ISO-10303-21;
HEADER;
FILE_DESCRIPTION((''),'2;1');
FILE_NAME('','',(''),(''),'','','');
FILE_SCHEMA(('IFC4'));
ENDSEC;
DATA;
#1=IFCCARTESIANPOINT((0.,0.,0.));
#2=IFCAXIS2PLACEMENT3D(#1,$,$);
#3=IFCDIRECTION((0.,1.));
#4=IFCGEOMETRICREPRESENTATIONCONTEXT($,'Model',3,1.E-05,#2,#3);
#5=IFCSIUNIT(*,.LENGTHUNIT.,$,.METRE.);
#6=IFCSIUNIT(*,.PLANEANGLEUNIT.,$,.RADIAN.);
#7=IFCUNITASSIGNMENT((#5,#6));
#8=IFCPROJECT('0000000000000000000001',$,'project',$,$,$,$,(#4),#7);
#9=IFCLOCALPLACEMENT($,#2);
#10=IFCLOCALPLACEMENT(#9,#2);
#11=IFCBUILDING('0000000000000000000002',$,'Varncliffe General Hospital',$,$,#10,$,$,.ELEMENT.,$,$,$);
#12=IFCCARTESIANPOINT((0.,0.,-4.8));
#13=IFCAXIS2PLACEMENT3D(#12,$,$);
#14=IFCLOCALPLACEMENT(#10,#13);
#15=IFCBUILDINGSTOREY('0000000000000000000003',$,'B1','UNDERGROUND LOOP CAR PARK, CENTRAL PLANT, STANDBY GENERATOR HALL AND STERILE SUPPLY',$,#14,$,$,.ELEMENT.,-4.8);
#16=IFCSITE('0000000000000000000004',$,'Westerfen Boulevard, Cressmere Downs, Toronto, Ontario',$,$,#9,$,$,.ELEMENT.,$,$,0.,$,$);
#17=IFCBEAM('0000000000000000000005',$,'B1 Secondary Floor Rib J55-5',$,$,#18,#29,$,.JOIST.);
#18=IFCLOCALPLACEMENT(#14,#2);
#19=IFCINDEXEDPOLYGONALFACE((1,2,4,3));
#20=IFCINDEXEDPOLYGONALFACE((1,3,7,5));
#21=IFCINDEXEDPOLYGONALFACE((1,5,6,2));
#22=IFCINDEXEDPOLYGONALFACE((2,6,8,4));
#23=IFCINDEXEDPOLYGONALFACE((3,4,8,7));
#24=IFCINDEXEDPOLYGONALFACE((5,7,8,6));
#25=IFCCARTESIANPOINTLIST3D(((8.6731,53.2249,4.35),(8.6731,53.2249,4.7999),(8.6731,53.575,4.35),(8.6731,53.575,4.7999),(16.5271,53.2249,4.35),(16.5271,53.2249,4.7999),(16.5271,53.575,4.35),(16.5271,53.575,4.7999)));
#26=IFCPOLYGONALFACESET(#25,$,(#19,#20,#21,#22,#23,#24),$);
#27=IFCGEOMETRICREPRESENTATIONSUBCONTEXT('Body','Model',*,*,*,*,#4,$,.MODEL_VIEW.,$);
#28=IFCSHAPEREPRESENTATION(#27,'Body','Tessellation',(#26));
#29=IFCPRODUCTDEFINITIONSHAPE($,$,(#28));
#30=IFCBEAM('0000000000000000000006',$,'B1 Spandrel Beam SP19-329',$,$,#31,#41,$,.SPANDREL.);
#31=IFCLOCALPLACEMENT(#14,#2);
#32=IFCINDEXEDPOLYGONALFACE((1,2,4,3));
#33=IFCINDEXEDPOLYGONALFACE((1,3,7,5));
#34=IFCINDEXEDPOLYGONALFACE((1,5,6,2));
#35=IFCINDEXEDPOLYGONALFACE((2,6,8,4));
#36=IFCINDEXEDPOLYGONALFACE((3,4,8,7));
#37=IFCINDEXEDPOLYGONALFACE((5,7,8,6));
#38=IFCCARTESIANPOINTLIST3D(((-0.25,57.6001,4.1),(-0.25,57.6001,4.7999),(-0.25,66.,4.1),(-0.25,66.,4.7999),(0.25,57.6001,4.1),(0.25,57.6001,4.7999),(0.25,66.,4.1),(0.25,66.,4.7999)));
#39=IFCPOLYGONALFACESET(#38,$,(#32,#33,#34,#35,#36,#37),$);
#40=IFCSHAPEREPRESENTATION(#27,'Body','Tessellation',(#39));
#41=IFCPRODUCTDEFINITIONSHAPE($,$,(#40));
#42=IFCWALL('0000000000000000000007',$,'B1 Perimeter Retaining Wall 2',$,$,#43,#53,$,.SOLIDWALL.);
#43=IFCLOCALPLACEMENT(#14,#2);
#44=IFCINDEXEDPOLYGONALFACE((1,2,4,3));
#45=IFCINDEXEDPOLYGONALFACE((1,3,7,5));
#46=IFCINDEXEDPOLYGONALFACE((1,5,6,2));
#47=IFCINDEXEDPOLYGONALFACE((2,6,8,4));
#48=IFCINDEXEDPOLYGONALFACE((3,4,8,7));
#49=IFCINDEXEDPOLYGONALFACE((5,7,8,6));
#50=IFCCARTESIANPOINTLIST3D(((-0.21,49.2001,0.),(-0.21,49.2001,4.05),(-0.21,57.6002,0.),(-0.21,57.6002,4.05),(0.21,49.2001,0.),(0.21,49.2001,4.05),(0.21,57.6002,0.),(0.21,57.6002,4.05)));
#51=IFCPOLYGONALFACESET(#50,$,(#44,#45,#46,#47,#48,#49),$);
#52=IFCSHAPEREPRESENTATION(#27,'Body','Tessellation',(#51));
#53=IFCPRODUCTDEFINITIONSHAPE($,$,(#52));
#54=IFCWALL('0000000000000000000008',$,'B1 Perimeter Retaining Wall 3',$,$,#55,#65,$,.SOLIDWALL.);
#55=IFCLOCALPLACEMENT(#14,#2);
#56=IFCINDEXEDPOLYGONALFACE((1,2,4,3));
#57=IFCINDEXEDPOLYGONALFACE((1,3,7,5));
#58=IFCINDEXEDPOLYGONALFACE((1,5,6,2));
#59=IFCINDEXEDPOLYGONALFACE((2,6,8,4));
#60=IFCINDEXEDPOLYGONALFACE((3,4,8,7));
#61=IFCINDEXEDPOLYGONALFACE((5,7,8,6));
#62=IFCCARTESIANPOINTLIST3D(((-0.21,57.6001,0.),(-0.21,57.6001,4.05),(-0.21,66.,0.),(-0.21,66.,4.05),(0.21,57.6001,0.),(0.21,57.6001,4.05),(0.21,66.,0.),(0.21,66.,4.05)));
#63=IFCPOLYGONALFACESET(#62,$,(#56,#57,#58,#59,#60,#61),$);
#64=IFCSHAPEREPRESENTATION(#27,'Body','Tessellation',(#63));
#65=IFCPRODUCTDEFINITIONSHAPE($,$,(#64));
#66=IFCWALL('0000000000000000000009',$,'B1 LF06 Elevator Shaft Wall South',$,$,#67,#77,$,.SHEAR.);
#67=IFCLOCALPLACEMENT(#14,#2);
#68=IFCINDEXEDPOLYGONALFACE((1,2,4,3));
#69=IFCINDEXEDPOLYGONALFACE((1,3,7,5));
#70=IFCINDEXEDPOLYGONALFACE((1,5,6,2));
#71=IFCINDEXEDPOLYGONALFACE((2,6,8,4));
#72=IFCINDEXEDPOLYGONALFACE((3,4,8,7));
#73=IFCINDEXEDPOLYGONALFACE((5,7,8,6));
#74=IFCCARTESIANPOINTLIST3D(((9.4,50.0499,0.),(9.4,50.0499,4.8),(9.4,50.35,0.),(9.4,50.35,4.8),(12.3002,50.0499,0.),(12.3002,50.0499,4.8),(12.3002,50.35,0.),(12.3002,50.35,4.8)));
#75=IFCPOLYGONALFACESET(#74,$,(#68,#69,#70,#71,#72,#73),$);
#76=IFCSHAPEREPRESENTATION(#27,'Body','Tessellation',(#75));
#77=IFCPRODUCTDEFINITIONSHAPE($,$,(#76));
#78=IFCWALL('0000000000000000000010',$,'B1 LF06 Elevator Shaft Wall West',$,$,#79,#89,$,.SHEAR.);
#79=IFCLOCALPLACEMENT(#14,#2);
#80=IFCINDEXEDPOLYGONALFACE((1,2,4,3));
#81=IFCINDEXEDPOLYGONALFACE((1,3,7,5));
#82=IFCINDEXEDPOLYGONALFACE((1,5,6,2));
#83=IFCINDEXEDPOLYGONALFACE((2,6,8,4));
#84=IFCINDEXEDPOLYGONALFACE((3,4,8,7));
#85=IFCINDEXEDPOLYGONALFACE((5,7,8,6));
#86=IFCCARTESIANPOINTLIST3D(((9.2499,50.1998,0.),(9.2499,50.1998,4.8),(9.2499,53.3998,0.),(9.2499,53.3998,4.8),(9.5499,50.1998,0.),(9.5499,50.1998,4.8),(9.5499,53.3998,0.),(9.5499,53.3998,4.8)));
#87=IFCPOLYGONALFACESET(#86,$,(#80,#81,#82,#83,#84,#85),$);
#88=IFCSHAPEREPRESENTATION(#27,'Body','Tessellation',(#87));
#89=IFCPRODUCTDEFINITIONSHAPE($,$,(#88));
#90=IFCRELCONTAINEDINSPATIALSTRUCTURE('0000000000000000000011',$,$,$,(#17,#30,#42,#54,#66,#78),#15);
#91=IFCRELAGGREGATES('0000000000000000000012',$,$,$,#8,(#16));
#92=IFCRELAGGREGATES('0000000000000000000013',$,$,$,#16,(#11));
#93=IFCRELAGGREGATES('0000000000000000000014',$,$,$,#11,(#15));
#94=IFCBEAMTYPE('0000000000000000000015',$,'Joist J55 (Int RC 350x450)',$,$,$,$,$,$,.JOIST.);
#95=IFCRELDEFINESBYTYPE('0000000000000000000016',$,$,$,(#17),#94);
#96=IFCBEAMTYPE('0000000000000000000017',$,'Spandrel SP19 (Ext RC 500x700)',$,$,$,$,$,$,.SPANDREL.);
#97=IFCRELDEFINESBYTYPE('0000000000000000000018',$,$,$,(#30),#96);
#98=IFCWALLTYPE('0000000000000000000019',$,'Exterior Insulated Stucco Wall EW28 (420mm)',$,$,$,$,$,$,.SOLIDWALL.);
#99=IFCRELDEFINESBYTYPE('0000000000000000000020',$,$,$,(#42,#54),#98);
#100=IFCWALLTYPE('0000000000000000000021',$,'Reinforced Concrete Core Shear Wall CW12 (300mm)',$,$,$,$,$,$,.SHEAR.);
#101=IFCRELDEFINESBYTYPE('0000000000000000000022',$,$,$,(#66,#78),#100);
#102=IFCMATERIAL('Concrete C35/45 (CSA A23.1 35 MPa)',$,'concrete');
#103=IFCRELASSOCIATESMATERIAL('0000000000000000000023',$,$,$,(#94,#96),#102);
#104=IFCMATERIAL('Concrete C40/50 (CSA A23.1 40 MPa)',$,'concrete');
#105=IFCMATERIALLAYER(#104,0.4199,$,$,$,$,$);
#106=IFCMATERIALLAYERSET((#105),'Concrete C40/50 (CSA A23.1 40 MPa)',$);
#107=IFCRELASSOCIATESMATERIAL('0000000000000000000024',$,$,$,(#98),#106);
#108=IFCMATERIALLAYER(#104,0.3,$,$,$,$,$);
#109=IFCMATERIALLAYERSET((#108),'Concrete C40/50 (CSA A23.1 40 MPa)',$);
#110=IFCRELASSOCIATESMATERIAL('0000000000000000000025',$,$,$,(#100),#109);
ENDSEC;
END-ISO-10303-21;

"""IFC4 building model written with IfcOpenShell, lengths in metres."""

from ifc_helpers import new_model, si_unit, direction, frame, frame_2d, origin, origin_2d, place, context, subcontext, project, spatial, rectangle, extrude, material, layer, layer_set, material_profile, profile_set, type_object, element, save


model = new_model("IFC4")

# Units and contexts
model_context = context("Model", 3, precision=1e-05, world=origin(), true_north=direction((0.0, 1.0)))
body_context = subcontext(model_context, "Body", "Model", "MODEL_VIEW")
ifc_project = project(units=[si_unit("LENGTHUNIT", "METRE"), si_unit("PLANEANGLEUNIT", "RADIAN")], contexts=[model_context])

# Site, building, storey
site_placement = place(None, origin())
site = spatial("IfcSite", under=ifc_project, at=site_placement, Name="Westerfen Boulevard, Cressmere Downs, Toronto, Ontario", CompositionType="ELEMENT", RefElevation=0.0)
building_placement = place(site_placement, origin())
building = spatial("IfcBuilding", under=site, at=building_placement, Name="Varncliffe General Hospital", CompositionType="ELEMENT")
storey_placement = place(building_placement, frame((0.0, 0.0, -4.8)))
storey = spatial("IfcBuildingStorey", under=building, at=storey_placement, Name="B1", Description="UNDERGROUND LOOP CAR PARK, CENTRAL PLANT, STANDBY GENERATOR HALL AND STERILE SUPPLY", CompositionType="ELEMENT", Elevation=-4.8)

# Shared definitions
ifc_material_1 = material(Name="Concrete C40/50 (CSA A23.1 40 MPa)", Category="concrete")

# Beams
ifc_material_2 = material(Name="Concrete C35/45 (CSA A23.1 35 MPa)", Category="concrete")
ifc_material_profile_1 = material_profile(ifc_material_2, rectangle(XDim=0.3501, YDim=0.45, at=origin_2d()), Name="RC 350x450")
ifc_profile_set_1 = profile_set([ifc_material_profile_1], Name="Concrete C35/45 (CSA A23.1 35 MPa)")
beam_type_1 = type_object("IfcBeamType", Name="Joist J55 (Int RC 350x450)", PredefinedType="JOIST", material=ifc_profile_set_1)
beam_1_placement = place(storey_placement, frame((8.6731, 53.3999, 4.575), z_axis=(1.0, 0.0, 0.0), x_axis=(0.0, 1.0, 0.0)))
element("IfcBeam", 1, at=beam_1_placement, inside=storey, type_object=beam_type_1, Name="B1 Secondary Floor Rib J55-5", PredefinedType="JOIST", context=body_context, shape_type="SweptSolid", body=[
    extrude(rectangle(XDim=0.3501, YDim=0.45, at=origin_2d()), origin(), (0.0, 0.0, 1.0), 7.854),
])
ifc_material_profile_2 = material_profile(ifc_material_2, rectangle(XDim=0.5, YDim=0.7, at=origin_2d()), Name="RC 500x700")
ifc_profile_set_2 = profile_set([ifc_material_profile_2], Name="Concrete C35/45 (CSA A23.1 35 MPa)")
beam_type_2 = type_object("IfcBeamType", Name="Spandrel SP19 (Ext RC 500x700)", PredefinedType="SPANDREL", material=ifc_profile_set_2)
beam_2_placement = place(storey_placement, frame((0.0, 57.6001, 4.45), z_axis=(0.0, 1.0, 0.0), x_axis=(-1.0, 0.0, 0.0)))
element("IfcBeam", 2, at=beam_2_placement, inside=storey, type_object=beam_type_2, Name="B1 Spandrel Beam SP19-329", PredefinedType="SPANDREL", context=body_context, shape_type="SweptSolid", body=[
    extrude(rectangle(XDim=0.5, YDim=0.7, at=origin_2d()), origin(), (0.0, 0.0, 1.0), 8.3999),
])

# Walls
ifc_layer_1 = layer(ifc_material_1, 0.4199)
ifc_layer_set_1 = layer_set([ifc_layer_1], Name="Concrete C40/50 (CSA A23.1 40 MPa)")
wall_type_1 = type_object("IfcWallType", Name="Exterior Insulated Stucco Wall EW28 (420mm)", PredefinedType="SOLIDWALL", material=ifc_layer_set_1)
wall_1_placement = place(storey_placement, frame((0.0, 49.2, 0.0), z_axis=(0.0, 0.0, 1.0), x_axis=(0.0, 1.0, 0.0)))
element("IfcWall", 3, at=wall_1_placement, inside=storey, type_object=wall_type_1, Name="B1 Perimeter Retaining Wall 2", PredefinedType="SOLIDWALL", context=body_context, shape_type="SweptSolid", body=[
    extrude(rectangle(XDim=8.4001, YDim=0.4199, at=frame_2d((4.2002, 0.0))), origin(), (0.0, 0.0, 1.0), 4.05),
])
wall_2_placement = place(storey_placement, frame((0.0, 57.6001, 0.0), z_axis=(0.0, 0.0, 1.0), x_axis=(0.0, 1.0, 0.0)))
element("IfcWall", 4, at=wall_2_placement, inside=storey, type_object=wall_type_1, Name="B1 Perimeter Retaining Wall 3", PredefinedType="SOLIDWALL", context=body_context, shape_type="SweptSolid", body=[
    extrude(rectangle(XDim=8.3999, YDim=0.4199, at=frame_2d((4.2, 0.0))), origin(), (0.0, 0.0, 1.0), 4.05),
])
ifc_layer_2 = layer(ifc_material_1, 0.3)
ifc_layer_set_2 = layer_set([ifc_layer_2], Name="Concrete C40/50 (CSA A23.1 40 MPa)")
wall_type_2 = type_object("IfcWallType", Name="Reinforced Concrete Core Shear Wall CW12 (300mm)", PredefinedType="SHEAR", material=ifc_layer_set_2)
wall_3_placement = place(storey_placement, frame((9.3999, 50.2, 0.0), z_axis=(0.0, 0.0, 1.0), x_axis=(1.0, 0.0, 0.0)))
element("IfcWall", 5, at=wall_3_placement, inside=storey, type_object=wall_type_2, Name="B1 LF06 Elevator Shaft Wall South", PredefinedType="SHEAR", context=body_context, shape_type="SweptSolid", body=[
    extrude(rectangle(XDim=2.9001, YDim=0.3, at=frame_2d((1.4502, 0.0))), origin(), (0.0, 0.0, 1.0), 4.8),
])
wall_4_placement = place(storey_placement, frame((9.3999, 53.3999, 0.0), z_axis=(0.0, 0.0, 1.0), x_axis=(0.0, -1.0, 0.0)))
element("IfcWall", 6, at=wall_4_placement, inside=storey, type_object=wall_type_2, Name="B1 LF06 Elevator Shaft Wall West", PredefinedType="SHEAR", context=body_context, shape_type="SweptSolid", body=[
    extrude(rectangle(XDim=3.2, YDim=0.3, at=frame_2d((1.6001, 0.0))), origin(), (0.0, 0.0, 1.0), 4.8),
])

save(model, "model.ifc")
